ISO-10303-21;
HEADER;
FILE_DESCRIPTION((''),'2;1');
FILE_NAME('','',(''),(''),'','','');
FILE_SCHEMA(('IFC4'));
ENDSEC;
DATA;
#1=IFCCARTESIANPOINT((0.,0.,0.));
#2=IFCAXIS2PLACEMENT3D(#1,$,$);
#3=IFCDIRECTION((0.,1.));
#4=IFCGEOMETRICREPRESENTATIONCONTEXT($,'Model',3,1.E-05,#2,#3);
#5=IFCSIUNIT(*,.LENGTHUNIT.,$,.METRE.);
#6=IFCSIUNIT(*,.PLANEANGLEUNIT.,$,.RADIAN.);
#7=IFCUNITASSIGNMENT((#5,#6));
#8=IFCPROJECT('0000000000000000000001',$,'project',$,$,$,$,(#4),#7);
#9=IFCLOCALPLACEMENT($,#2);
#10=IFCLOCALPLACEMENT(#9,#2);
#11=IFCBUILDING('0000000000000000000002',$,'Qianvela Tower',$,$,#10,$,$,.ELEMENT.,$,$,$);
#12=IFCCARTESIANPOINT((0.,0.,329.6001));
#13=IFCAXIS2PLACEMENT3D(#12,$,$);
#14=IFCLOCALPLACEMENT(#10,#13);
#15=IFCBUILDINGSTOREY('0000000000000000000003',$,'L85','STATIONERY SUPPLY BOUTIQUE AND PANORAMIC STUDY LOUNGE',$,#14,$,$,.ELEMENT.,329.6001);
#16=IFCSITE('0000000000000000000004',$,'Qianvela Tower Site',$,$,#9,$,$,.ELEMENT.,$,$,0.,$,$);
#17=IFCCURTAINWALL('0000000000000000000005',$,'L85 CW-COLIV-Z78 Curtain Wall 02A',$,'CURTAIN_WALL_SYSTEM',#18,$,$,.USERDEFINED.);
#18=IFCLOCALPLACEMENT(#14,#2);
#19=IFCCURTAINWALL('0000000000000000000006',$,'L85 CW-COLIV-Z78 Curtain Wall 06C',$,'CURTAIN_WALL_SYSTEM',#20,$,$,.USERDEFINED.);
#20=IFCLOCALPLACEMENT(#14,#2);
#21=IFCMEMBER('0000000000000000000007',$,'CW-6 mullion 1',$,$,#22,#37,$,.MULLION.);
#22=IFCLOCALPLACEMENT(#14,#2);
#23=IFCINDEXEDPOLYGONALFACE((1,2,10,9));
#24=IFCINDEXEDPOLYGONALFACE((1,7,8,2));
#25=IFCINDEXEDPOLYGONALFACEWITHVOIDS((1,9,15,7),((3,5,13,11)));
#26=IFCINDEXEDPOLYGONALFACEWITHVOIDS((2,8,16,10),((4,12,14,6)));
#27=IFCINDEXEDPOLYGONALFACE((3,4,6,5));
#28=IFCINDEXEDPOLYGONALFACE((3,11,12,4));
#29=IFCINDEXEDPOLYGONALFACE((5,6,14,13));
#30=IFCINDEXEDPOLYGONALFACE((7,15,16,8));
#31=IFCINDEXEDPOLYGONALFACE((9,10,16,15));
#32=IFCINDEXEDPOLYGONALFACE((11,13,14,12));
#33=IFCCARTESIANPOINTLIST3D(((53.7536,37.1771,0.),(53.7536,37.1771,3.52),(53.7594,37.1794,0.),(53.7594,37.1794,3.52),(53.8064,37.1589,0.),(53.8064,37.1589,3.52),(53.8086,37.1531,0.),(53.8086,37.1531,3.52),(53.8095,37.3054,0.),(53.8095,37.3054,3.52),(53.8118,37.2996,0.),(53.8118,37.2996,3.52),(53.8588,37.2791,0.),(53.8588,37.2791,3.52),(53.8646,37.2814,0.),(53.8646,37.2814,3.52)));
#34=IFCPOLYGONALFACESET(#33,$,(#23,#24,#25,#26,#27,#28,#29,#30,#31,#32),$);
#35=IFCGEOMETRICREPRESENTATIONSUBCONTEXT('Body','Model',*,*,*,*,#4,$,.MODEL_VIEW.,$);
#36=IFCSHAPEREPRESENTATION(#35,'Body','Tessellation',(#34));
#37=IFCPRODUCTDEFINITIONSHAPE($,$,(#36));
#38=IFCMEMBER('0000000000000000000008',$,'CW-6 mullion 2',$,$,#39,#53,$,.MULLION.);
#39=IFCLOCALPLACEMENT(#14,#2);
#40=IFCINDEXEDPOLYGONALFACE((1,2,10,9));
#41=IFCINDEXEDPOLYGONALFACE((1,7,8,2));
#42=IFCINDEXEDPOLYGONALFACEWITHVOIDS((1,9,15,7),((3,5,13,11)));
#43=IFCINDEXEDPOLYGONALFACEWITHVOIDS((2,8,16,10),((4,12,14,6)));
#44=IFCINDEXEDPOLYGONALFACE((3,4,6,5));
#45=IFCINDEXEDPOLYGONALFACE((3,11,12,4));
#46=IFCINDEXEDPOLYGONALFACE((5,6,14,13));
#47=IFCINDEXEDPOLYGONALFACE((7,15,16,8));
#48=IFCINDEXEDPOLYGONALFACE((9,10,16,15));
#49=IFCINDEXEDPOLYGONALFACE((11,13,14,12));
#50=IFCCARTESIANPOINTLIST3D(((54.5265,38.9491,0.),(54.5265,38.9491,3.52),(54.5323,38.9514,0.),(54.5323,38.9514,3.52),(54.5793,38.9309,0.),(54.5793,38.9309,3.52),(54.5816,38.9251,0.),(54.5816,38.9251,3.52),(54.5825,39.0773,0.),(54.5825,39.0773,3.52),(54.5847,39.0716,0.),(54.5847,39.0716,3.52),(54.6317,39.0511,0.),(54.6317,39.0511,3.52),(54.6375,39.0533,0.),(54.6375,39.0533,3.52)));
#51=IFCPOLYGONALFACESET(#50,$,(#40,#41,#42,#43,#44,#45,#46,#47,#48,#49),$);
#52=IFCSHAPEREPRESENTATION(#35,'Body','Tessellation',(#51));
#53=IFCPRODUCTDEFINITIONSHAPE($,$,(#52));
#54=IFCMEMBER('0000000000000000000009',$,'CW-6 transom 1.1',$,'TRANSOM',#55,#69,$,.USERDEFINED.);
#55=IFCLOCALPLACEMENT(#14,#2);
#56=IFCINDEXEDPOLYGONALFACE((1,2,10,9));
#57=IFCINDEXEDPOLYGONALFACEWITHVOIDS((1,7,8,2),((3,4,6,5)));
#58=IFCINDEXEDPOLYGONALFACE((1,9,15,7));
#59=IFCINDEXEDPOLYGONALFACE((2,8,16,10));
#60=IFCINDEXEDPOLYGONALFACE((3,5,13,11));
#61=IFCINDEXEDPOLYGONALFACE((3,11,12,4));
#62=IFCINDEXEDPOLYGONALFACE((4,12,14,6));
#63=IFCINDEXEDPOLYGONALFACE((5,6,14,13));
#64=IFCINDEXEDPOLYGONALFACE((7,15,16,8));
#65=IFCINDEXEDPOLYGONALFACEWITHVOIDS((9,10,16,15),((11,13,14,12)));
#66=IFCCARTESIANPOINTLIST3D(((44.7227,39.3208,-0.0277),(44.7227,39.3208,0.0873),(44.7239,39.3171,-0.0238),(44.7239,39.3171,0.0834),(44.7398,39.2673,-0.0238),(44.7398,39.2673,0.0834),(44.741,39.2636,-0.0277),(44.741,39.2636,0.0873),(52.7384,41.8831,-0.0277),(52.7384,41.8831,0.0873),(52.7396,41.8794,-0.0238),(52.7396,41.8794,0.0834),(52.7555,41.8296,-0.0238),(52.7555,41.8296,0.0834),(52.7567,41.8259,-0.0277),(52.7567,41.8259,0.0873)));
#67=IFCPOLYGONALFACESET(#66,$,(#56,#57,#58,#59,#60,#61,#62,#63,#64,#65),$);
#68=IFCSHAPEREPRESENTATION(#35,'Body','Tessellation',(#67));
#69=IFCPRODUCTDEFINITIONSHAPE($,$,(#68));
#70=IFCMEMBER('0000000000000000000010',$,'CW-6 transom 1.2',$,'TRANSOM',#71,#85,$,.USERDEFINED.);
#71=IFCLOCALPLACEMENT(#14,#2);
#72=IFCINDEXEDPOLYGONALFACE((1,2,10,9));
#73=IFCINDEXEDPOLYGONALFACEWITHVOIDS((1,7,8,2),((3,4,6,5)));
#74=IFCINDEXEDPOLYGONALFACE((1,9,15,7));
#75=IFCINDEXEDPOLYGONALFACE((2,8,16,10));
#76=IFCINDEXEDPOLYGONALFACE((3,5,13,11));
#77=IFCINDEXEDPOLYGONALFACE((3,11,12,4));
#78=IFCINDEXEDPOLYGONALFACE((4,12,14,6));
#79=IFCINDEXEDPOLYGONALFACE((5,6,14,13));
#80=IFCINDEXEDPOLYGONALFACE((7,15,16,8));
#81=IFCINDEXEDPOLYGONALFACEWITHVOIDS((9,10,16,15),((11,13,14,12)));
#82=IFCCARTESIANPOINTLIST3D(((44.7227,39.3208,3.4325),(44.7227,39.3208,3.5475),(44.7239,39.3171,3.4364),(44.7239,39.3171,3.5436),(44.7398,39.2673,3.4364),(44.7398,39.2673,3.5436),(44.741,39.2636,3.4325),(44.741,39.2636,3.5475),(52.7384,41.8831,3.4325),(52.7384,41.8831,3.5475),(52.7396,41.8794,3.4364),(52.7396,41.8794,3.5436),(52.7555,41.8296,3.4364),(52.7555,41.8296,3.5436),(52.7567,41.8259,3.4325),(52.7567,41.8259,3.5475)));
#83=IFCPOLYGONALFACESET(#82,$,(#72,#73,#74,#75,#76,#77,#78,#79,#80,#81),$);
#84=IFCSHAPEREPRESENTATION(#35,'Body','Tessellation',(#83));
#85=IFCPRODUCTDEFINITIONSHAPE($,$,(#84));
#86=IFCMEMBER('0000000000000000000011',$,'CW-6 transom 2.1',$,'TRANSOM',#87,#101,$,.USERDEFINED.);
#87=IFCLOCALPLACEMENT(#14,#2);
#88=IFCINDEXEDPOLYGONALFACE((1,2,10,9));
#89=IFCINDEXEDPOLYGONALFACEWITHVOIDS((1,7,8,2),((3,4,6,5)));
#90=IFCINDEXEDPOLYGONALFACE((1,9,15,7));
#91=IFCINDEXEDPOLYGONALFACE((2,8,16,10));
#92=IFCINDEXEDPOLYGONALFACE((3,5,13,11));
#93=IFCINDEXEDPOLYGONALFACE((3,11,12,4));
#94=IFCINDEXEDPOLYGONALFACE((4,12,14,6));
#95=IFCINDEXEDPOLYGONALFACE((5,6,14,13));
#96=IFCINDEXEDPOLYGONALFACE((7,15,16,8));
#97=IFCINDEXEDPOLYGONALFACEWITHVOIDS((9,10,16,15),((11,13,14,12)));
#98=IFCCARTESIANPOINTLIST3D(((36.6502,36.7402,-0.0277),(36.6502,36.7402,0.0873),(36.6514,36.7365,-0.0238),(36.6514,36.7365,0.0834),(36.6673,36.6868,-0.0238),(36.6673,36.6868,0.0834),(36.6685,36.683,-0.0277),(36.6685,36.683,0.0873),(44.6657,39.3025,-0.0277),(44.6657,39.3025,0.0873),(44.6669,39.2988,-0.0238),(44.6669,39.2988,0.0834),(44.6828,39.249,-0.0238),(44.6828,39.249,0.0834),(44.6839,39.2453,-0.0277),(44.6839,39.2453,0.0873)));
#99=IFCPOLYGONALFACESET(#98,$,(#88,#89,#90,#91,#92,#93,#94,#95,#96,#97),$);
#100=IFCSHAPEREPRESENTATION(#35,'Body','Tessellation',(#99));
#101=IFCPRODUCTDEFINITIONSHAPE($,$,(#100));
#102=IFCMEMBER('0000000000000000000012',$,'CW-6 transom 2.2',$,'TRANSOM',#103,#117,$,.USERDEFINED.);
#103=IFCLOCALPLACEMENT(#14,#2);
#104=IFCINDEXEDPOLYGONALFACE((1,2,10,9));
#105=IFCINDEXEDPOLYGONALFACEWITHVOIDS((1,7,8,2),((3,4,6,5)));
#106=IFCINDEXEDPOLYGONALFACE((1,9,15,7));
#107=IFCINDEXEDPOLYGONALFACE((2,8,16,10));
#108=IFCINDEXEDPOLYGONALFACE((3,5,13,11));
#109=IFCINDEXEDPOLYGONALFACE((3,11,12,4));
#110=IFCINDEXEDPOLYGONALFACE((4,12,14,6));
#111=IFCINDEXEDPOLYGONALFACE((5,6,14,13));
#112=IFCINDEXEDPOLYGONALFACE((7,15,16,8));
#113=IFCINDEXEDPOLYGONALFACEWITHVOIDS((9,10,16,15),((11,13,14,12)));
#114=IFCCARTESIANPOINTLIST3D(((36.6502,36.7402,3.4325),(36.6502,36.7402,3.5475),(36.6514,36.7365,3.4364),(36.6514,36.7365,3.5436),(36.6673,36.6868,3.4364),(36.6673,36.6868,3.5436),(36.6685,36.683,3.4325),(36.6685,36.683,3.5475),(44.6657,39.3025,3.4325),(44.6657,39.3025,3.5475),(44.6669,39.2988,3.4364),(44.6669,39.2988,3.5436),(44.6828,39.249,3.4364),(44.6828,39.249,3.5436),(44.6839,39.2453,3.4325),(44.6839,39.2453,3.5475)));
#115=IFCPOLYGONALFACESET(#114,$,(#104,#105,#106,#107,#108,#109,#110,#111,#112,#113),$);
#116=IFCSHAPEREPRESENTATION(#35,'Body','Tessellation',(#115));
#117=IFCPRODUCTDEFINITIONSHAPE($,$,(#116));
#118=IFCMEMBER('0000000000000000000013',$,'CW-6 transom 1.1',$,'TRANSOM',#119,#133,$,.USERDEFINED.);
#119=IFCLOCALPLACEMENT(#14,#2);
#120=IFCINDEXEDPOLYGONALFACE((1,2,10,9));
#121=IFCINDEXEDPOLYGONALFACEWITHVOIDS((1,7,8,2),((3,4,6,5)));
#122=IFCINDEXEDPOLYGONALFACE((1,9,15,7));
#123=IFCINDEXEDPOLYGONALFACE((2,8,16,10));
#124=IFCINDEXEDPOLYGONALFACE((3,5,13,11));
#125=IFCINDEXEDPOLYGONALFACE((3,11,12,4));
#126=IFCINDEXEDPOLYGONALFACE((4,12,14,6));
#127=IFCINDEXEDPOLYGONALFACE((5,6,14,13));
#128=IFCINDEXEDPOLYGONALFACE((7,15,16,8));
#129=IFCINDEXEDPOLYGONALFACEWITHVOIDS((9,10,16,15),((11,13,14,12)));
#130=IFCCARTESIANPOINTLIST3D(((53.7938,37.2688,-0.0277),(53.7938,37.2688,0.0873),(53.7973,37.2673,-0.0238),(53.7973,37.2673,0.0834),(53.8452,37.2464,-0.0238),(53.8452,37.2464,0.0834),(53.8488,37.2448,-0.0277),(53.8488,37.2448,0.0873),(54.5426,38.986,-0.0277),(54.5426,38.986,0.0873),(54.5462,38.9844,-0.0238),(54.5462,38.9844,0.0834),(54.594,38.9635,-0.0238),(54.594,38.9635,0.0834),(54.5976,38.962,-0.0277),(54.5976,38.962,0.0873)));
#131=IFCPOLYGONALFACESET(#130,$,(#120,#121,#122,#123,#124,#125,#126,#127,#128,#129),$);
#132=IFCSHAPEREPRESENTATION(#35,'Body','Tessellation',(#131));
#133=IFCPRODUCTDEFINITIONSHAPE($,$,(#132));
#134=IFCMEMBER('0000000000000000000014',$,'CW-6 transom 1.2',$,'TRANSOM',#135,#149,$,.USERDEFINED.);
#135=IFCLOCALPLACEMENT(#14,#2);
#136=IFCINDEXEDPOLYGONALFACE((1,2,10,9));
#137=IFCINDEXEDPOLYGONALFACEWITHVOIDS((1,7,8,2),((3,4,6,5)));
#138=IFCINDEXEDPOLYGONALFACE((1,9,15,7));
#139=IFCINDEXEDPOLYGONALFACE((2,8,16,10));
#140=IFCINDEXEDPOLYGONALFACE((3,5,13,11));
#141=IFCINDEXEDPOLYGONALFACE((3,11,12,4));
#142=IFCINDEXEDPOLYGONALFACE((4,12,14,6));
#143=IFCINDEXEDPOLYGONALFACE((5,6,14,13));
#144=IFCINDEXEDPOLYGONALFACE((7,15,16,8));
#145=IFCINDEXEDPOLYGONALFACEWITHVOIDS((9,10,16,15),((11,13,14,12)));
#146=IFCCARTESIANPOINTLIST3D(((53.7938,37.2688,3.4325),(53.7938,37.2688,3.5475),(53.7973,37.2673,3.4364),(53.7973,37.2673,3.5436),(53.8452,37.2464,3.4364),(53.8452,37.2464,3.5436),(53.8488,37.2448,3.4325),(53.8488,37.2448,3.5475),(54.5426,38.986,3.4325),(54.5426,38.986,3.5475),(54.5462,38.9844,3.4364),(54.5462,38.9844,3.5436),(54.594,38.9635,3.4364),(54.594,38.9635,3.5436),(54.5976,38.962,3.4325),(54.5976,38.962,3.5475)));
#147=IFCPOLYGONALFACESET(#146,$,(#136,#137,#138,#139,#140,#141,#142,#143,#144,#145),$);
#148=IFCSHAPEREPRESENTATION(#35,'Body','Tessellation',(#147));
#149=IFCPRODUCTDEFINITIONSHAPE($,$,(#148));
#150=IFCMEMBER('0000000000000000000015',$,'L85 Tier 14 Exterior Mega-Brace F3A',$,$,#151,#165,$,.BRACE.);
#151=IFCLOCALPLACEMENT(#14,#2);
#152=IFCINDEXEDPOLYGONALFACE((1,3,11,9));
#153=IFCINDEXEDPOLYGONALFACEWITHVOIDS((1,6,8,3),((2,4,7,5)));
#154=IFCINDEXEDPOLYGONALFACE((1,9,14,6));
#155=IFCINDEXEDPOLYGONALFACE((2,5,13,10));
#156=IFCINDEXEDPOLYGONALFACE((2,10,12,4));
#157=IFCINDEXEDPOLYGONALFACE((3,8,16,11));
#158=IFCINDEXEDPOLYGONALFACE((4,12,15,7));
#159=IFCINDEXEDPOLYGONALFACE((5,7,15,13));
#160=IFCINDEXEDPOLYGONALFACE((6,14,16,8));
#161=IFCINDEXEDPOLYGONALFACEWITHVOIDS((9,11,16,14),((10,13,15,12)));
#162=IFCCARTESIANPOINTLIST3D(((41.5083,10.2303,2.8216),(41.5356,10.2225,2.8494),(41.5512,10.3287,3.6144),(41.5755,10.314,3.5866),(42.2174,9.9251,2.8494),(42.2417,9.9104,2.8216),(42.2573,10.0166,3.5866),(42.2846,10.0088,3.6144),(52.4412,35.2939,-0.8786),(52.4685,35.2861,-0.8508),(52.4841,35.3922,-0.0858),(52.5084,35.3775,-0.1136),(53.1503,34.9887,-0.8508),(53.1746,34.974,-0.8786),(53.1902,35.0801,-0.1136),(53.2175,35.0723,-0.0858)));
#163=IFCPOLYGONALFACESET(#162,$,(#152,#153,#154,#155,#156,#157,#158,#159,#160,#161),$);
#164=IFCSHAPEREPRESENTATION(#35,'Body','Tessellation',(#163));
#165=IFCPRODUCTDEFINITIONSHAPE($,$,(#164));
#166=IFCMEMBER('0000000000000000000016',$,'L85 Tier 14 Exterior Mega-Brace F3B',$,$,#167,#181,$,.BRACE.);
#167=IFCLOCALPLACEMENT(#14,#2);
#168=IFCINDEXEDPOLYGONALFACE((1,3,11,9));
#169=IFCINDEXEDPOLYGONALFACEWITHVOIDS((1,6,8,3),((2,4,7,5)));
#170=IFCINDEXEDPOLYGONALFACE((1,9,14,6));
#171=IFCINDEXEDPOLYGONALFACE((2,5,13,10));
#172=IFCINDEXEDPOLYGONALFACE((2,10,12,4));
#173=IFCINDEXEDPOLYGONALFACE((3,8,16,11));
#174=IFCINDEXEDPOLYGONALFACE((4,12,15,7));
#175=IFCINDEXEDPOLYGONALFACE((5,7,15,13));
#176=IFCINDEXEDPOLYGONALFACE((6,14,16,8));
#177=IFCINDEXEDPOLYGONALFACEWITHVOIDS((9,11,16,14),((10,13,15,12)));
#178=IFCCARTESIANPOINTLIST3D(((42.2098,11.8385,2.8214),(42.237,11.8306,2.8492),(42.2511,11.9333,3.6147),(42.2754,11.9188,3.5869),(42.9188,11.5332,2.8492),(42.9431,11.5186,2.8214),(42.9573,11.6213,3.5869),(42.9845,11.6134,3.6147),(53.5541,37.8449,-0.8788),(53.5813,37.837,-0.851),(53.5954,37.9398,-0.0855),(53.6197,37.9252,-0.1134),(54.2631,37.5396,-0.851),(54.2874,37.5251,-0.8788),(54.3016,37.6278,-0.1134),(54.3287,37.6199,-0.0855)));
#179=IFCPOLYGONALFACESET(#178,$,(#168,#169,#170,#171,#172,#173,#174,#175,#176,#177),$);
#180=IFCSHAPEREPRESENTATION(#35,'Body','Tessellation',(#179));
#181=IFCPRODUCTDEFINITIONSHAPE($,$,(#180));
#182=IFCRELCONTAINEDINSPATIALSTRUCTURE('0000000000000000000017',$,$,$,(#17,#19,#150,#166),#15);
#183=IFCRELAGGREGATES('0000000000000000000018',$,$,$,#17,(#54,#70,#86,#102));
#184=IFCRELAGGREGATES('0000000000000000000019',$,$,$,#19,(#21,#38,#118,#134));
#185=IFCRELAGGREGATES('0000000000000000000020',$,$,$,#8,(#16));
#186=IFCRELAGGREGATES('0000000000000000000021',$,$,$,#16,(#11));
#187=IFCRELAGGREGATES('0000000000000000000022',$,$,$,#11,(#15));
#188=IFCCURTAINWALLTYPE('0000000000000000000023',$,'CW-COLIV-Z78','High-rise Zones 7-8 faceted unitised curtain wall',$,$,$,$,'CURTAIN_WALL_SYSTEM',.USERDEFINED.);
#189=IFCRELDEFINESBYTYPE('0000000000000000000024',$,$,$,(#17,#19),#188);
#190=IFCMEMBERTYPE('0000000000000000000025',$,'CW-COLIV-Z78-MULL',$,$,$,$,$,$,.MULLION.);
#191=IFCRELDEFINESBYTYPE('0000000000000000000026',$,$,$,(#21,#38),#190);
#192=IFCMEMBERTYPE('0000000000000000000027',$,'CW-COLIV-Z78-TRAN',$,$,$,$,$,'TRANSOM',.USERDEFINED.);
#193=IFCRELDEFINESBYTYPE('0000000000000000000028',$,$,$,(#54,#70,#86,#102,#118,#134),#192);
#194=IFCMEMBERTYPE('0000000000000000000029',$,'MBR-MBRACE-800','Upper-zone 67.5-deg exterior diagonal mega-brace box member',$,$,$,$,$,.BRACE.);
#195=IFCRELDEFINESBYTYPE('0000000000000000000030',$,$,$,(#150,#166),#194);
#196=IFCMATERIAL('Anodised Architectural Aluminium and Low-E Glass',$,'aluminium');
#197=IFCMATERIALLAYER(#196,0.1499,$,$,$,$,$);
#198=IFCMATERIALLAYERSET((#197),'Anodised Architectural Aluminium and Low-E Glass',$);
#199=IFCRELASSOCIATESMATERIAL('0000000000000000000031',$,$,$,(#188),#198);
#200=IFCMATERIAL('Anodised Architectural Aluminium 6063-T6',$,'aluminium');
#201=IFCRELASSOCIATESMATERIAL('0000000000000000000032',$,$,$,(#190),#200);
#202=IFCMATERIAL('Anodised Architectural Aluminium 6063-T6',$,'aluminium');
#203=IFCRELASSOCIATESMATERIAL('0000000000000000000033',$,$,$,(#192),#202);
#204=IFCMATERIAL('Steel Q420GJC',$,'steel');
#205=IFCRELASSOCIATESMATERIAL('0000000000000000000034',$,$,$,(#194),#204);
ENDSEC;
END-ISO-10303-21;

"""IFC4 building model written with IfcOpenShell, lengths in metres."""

from ifc_helpers import new_model, si_unit, direction, frame, origin, origin_2d, place, context, subcontext, project, spatial, hollow_rectangle, extrude, material, layer, layer_set, material_profile, profile_set, type_object, element, aggregate, save


model = new_model("IFC4")

# Units and contexts
model_context = context("Model", 3, precision=1e-05, world=origin(), true_north=direction((0.0, 1.0)))
body_context = subcontext(model_context, "Body", "Model", "MODEL_VIEW")
ifc_project = project(units=[si_unit("LENGTHUNIT", "METRE"), si_unit("PLANEANGLEUNIT", "RADIAN")], contexts=[model_context])

# Site, building, storey
site_placement = place(None, origin())
site = spatial("IfcSite", under=ifc_project, at=site_placement, Name="Qianvela Tower Site", CompositionType="ELEMENT", RefElevation=0.0)
building_placement = place(site_placement, origin())
building = spatial("IfcBuilding", under=site, at=building_placement, Name="Qianvela Tower", CompositionType="ELEMENT")
storey_placement = place(building_placement, frame((0.0, 0.0, 329.6001)))
storey = spatial("IfcBuildingStorey", under=building, at=storey_placement, Name="L85", Description="STATIONERY SUPPLY BOUTIQUE AND PANORAMIC STUDY LOUNGE", CompositionType="ELEMENT", Elevation=329.6001)

# Curtain walls, members
ifc_material_1 = material(Name="Anodised Architectural Aluminium and Low-E Glass", Category="aluminium")
ifc_layer_1 = layer(ifc_material_1, 0.1499)
ifc_layer_set_1 = layer_set([ifc_layer_1], Name="Anodised Architectural Aluminium and Low-E Glass")
curtain_wall_type_1 = type_object("IfcCurtainWallType", Name="CW-COLIV-Z78", Description="High-rise Zones 7-8 faceted unitised curtain wall", ElementType="CURTAIN_WALL_SYSTEM", PredefinedType="USERDEFINED", material=ifc_layer_set_1)
curtain_wall_1_placement = place(storey_placement, origin())
curtain_wall_1 = element("IfcCurtainWall", 1, at=curtain_wall_1_placement, inside=storey, type_object=curtain_wall_type_1, Name="L85 CW-COLIV-Z78 Curtain Wall 02A", ObjectType="CURTAIN_WALL_SYSTEM", PredefinedType="USERDEFINED")
ifc_material_2 = material(Name="Anodised Architectural Aluminium 6063-T6", Category="aluminium")
ifc_material_profile_1 = material_profile(ifc_material_2, hollow_rectangle(XDim=0.0601, YDim=0.1399, WallThickness=0.0044, at=origin_2d()), Name="ALU-MULL-60x140")
ifc_profile_set_1 = profile_set([ifc_material_profile_1], Name="Anodised Architectural Aluminium 6063-T6")
member_type_1 = type_object("IfcMemberType", Name="CW-COLIV-Z78-MULL", PredefinedType="MULLION", material=ifc_profile_set_1)
curtain_wall_2_placement = place(storey_placement, origin())
curtain_wall_2 = element("IfcCurtainWall", 2, at=curtain_wall_2_placement, inside=storey, type_object=curtain_wall_type_1, Name="L85 CW-COLIV-Z78 Curtain Wall 06C", ObjectType="CURTAIN_WALL_SYSTEM", PredefinedType="USERDEFINED")
member_1_placement = place(storey_placement, frame((53.8091, 37.2292, 0.0), z_axis=(0.0, 0.0, 1.0), x_axis=(-0.916601, 0.399803, 0.0)))
member_1 = element("IfcMember", 3, at=member_1_placement, type_object=member_type_1, Name="CW-6 mullion 1", PredefinedType="MULLION", context=body_context, shape_type="SweptSolid", body=[
    extrude(hollow_rectangle(XDim=0.0601, YDim=0.1399, WallThickness=0.0044, at=origin_2d()), origin(), (0.0, 0.0, 1.0), 3.52),
])
member_2_placement = place(storey_placement, frame((54.582, 39.0012, 0.0), z_axis=(0.0, 0.0, 1.0), x_axis=(-0.916601, 0.399803, 0.0)))
member_2 = element("IfcMember", 4, at=member_2_placement, type_object=member_type_1, Name="CW-6 mullion 2", PredefinedType="MULLION", context=body_context, shape_type="SweptSolid", body=[
    extrude(hollow_rectangle(XDim=0.0601, YDim=0.1399, WallThickness=0.0044, at=origin_2d()), origin(), (0.0, 0.0, 1.0), 3.52),
])

# Members
ifc_material_3 = material(Name="Anodised Architectural Aluminium 6063-T6", Category="aluminium")
ifc_material_profile_2 = material_profile(ifc_material_3, hollow_rectangle(XDim=0.0601, YDim=0.115, WallThickness=0.0039, at=origin_2d()), Name="ALU-TRAN-60x115")
ifc_profile_set_2 = profile_set([ifc_material_profile_2], Name="Anodised Architectural Aluminium 6063-T6")
member_type_2 = type_object("IfcMemberType", Name="CW-COLIV-Z78-TRAN", ElementType="TRANSOM", PredefinedType="USERDEFINED", material=ifc_profile_set_2)
member_3_placement = place(storey_placement, frame((52.7476, 41.8545, 0.0298), z_axis=(-0.952519, -0.30448, 0.0), x_axis=(0.30448, -0.952519, 0.0)))
member_3 = element("IfcMember", 5, at=member_3_placement, type_object=member_type_2, Name="CW-6 transom 1.1", ObjectType="TRANSOM", PredefinedType="USERDEFINED", context=body_context, shape_type="SweptSolid", body=[
    extrude(hollow_rectangle(XDim=0.0601, YDim=0.115, WallThickness=0.0039, at=origin_2d()), origin(), (0.0, 0.0, 1.0), 8.4153),
])
member_4_placement = place(storey_placement, frame((52.7476, 41.8545, 3.49), z_axis=(-0.952519, -0.30448, 0.0), x_axis=(0.30448, -0.952519, 0.0)))
member_4 = element("IfcMember", 6, at=member_4_placement, type_object=member_type_2, Name="CW-6 transom 1.2", ObjectType="TRANSOM", PredefinedType="USERDEFINED", context=body_context, shape_type="SweptSolid", body=[
    extrude(hollow_rectangle(XDim=0.0601, YDim=0.115, WallThickness=0.0039, at=origin_2d()), origin(), (0.0, 0.0, 1.0), 8.4153),
])
member_5_placement = place(storey_placement, frame((44.6748, 39.2739, 0.0298), z_axis=(-0.952516, -0.304488, 0.0), x_axis=(0.304488, -0.952516, 0.0)))
member_5 = element("IfcMember", 7, at=member_5_placement, type_object=member_type_2, Name="CW-6 transom 2.1", ObjectType="TRANSOM", PredefinedType="USERDEFINED", context=body_context, shape_type="SweptSolid", body=[
    extrude(hollow_rectangle(XDim=0.0601, YDim=0.115, WallThickness=0.0039, at=origin_2d()), origin(), (0.0, 0.0, 1.0), 8.415),
])
member_6_placement = place(storey_placement, frame((44.6748, 39.2739, 3.49), z_axis=(-0.952516, -0.304488, 0.0), x_axis=(0.304488, -0.952516, 0.0)))
member_6 = element("IfcMember", 8, at=member_6_placement, type_object=member_type_2, Name="CW-6 transom 2.2", ObjectType="TRANSOM", PredefinedType="USERDEFINED", context=body_context, shape_type="SweptSolid", body=[
    extrude(hollow_rectangle(XDim=0.0601, YDim=0.115, WallThickness=0.0039, at=origin_2d()), origin(), (0.0, 0.0, 1.0), 8.415),
])
member_7_placement = place(storey_placement, frame((53.8213, 37.2568, 0.0298), z_axis=(0.399731, 0.916632, 0.0), x_axis=(-0.916632, 0.399731, 0.0)))
member_7 = element("IfcMember", 9, at=member_7_placement, type_object=member_type_2, Name="CW-6 transom 1.1", ObjectType="TRANSOM", PredefinedType="USERDEFINED", context=body_context, shape_type="SweptSolid", body=[
    extrude(hollow_rectangle(XDim=0.0601, YDim=0.115, WallThickness=0.0039, at=origin_2d()), origin(), (0.0, 0.0, 1.0), 1.8733),
])
member_8_placement = place(storey_placement, frame((53.8213, 37.2568, 3.49), z_axis=(0.399731, 0.916632, 0.0), x_axis=(-0.916632, 0.399731, 0.0)))
member_8 = element("IfcMember", 10, at=member_8_placement, type_object=member_type_2, Name="CW-6 transom 1.2", ObjectType="TRANSOM", PredefinedType="USERDEFINED", context=body_context, shape_type="SweptSolid", body=[
    extrude(hollow_rectangle(XDim=0.0601, YDim=0.115, WallThickness=0.0039, at=origin_2d()), origin(), (0.0, 0.0, 1.0), 1.8733),
])

# Members
ifc_material_4 = material(Name="Steel Q420GJC", Category="steel")
ifc_material_profile_3 = material_profile(ifc_material_4, hollow_rectangle(XDim=0.8, YDim=0.8, WallThickness=0.0281, at=origin_2d()), Name="MBOX-800x800x28")
ifc_profile_set_3 = profile_set([ifc_material_profile_3], Name="Steel Q420GJC")
member_type_3 = type_object("IfcMemberType", Name="MBR-MBRACE-800", Description="Upper-zone 67.5-deg exterior diagonal mega-brace box member", PredefinedType="BRACE", material=ifc_profile_set_3)
member_9_placement = place(storey_placement, frame((52.8293, 35.1831, -0.4822), z_axis=(-0.396213, -0.908314, 0.134097), x_axis=(0.916592, -0.399824, 0.0)))
element("IfcMember", 11, at=member_9_placement, inside=storey, type_object=member_type_3, Name="L85 Tier 14 Exterior Mega-Brace F3A", PredefinedType="BRACE", context=body_context, shape_type="SweptSolid", body=[
    extrude(hollow_rectangle(XDim=0.8, YDim=0.8, WallThickness=0.0281, at=origin_2d()), origin(), (0.0, 0.0, 1.0), 27.5935),
])
member_10_placement = place(storey_placement, frame((53.9414, 37.7324, -0.4822), z_axis=(-0.396469, -0.908894, 0.129318), x_axis=(0.916591, -0.399826, 0.0)))
element("IfcMember", 12, at=member_10_placement, inside=storey, type_object=member_type_3, Name="L85 Tier 14 Exterior Mega-Brace F3B", PredefinedType="BRACE", context=body_context, shape_type="SweptSolid", body=[
    extrude(hollow_rectangle(XDim=0.8, YDim=0.8, WallThickness=0.0281, at=origin_2d()), origin(), (0.0, 0.0, 1.0), 28.6133),
])

aggregate(curtain_wall_1, [member_3, member_4, member_5, member_6])
aggregate(curtain_wall_2, [member_1, member_2, member_7, member_8])

save(model, "model.ifc")
